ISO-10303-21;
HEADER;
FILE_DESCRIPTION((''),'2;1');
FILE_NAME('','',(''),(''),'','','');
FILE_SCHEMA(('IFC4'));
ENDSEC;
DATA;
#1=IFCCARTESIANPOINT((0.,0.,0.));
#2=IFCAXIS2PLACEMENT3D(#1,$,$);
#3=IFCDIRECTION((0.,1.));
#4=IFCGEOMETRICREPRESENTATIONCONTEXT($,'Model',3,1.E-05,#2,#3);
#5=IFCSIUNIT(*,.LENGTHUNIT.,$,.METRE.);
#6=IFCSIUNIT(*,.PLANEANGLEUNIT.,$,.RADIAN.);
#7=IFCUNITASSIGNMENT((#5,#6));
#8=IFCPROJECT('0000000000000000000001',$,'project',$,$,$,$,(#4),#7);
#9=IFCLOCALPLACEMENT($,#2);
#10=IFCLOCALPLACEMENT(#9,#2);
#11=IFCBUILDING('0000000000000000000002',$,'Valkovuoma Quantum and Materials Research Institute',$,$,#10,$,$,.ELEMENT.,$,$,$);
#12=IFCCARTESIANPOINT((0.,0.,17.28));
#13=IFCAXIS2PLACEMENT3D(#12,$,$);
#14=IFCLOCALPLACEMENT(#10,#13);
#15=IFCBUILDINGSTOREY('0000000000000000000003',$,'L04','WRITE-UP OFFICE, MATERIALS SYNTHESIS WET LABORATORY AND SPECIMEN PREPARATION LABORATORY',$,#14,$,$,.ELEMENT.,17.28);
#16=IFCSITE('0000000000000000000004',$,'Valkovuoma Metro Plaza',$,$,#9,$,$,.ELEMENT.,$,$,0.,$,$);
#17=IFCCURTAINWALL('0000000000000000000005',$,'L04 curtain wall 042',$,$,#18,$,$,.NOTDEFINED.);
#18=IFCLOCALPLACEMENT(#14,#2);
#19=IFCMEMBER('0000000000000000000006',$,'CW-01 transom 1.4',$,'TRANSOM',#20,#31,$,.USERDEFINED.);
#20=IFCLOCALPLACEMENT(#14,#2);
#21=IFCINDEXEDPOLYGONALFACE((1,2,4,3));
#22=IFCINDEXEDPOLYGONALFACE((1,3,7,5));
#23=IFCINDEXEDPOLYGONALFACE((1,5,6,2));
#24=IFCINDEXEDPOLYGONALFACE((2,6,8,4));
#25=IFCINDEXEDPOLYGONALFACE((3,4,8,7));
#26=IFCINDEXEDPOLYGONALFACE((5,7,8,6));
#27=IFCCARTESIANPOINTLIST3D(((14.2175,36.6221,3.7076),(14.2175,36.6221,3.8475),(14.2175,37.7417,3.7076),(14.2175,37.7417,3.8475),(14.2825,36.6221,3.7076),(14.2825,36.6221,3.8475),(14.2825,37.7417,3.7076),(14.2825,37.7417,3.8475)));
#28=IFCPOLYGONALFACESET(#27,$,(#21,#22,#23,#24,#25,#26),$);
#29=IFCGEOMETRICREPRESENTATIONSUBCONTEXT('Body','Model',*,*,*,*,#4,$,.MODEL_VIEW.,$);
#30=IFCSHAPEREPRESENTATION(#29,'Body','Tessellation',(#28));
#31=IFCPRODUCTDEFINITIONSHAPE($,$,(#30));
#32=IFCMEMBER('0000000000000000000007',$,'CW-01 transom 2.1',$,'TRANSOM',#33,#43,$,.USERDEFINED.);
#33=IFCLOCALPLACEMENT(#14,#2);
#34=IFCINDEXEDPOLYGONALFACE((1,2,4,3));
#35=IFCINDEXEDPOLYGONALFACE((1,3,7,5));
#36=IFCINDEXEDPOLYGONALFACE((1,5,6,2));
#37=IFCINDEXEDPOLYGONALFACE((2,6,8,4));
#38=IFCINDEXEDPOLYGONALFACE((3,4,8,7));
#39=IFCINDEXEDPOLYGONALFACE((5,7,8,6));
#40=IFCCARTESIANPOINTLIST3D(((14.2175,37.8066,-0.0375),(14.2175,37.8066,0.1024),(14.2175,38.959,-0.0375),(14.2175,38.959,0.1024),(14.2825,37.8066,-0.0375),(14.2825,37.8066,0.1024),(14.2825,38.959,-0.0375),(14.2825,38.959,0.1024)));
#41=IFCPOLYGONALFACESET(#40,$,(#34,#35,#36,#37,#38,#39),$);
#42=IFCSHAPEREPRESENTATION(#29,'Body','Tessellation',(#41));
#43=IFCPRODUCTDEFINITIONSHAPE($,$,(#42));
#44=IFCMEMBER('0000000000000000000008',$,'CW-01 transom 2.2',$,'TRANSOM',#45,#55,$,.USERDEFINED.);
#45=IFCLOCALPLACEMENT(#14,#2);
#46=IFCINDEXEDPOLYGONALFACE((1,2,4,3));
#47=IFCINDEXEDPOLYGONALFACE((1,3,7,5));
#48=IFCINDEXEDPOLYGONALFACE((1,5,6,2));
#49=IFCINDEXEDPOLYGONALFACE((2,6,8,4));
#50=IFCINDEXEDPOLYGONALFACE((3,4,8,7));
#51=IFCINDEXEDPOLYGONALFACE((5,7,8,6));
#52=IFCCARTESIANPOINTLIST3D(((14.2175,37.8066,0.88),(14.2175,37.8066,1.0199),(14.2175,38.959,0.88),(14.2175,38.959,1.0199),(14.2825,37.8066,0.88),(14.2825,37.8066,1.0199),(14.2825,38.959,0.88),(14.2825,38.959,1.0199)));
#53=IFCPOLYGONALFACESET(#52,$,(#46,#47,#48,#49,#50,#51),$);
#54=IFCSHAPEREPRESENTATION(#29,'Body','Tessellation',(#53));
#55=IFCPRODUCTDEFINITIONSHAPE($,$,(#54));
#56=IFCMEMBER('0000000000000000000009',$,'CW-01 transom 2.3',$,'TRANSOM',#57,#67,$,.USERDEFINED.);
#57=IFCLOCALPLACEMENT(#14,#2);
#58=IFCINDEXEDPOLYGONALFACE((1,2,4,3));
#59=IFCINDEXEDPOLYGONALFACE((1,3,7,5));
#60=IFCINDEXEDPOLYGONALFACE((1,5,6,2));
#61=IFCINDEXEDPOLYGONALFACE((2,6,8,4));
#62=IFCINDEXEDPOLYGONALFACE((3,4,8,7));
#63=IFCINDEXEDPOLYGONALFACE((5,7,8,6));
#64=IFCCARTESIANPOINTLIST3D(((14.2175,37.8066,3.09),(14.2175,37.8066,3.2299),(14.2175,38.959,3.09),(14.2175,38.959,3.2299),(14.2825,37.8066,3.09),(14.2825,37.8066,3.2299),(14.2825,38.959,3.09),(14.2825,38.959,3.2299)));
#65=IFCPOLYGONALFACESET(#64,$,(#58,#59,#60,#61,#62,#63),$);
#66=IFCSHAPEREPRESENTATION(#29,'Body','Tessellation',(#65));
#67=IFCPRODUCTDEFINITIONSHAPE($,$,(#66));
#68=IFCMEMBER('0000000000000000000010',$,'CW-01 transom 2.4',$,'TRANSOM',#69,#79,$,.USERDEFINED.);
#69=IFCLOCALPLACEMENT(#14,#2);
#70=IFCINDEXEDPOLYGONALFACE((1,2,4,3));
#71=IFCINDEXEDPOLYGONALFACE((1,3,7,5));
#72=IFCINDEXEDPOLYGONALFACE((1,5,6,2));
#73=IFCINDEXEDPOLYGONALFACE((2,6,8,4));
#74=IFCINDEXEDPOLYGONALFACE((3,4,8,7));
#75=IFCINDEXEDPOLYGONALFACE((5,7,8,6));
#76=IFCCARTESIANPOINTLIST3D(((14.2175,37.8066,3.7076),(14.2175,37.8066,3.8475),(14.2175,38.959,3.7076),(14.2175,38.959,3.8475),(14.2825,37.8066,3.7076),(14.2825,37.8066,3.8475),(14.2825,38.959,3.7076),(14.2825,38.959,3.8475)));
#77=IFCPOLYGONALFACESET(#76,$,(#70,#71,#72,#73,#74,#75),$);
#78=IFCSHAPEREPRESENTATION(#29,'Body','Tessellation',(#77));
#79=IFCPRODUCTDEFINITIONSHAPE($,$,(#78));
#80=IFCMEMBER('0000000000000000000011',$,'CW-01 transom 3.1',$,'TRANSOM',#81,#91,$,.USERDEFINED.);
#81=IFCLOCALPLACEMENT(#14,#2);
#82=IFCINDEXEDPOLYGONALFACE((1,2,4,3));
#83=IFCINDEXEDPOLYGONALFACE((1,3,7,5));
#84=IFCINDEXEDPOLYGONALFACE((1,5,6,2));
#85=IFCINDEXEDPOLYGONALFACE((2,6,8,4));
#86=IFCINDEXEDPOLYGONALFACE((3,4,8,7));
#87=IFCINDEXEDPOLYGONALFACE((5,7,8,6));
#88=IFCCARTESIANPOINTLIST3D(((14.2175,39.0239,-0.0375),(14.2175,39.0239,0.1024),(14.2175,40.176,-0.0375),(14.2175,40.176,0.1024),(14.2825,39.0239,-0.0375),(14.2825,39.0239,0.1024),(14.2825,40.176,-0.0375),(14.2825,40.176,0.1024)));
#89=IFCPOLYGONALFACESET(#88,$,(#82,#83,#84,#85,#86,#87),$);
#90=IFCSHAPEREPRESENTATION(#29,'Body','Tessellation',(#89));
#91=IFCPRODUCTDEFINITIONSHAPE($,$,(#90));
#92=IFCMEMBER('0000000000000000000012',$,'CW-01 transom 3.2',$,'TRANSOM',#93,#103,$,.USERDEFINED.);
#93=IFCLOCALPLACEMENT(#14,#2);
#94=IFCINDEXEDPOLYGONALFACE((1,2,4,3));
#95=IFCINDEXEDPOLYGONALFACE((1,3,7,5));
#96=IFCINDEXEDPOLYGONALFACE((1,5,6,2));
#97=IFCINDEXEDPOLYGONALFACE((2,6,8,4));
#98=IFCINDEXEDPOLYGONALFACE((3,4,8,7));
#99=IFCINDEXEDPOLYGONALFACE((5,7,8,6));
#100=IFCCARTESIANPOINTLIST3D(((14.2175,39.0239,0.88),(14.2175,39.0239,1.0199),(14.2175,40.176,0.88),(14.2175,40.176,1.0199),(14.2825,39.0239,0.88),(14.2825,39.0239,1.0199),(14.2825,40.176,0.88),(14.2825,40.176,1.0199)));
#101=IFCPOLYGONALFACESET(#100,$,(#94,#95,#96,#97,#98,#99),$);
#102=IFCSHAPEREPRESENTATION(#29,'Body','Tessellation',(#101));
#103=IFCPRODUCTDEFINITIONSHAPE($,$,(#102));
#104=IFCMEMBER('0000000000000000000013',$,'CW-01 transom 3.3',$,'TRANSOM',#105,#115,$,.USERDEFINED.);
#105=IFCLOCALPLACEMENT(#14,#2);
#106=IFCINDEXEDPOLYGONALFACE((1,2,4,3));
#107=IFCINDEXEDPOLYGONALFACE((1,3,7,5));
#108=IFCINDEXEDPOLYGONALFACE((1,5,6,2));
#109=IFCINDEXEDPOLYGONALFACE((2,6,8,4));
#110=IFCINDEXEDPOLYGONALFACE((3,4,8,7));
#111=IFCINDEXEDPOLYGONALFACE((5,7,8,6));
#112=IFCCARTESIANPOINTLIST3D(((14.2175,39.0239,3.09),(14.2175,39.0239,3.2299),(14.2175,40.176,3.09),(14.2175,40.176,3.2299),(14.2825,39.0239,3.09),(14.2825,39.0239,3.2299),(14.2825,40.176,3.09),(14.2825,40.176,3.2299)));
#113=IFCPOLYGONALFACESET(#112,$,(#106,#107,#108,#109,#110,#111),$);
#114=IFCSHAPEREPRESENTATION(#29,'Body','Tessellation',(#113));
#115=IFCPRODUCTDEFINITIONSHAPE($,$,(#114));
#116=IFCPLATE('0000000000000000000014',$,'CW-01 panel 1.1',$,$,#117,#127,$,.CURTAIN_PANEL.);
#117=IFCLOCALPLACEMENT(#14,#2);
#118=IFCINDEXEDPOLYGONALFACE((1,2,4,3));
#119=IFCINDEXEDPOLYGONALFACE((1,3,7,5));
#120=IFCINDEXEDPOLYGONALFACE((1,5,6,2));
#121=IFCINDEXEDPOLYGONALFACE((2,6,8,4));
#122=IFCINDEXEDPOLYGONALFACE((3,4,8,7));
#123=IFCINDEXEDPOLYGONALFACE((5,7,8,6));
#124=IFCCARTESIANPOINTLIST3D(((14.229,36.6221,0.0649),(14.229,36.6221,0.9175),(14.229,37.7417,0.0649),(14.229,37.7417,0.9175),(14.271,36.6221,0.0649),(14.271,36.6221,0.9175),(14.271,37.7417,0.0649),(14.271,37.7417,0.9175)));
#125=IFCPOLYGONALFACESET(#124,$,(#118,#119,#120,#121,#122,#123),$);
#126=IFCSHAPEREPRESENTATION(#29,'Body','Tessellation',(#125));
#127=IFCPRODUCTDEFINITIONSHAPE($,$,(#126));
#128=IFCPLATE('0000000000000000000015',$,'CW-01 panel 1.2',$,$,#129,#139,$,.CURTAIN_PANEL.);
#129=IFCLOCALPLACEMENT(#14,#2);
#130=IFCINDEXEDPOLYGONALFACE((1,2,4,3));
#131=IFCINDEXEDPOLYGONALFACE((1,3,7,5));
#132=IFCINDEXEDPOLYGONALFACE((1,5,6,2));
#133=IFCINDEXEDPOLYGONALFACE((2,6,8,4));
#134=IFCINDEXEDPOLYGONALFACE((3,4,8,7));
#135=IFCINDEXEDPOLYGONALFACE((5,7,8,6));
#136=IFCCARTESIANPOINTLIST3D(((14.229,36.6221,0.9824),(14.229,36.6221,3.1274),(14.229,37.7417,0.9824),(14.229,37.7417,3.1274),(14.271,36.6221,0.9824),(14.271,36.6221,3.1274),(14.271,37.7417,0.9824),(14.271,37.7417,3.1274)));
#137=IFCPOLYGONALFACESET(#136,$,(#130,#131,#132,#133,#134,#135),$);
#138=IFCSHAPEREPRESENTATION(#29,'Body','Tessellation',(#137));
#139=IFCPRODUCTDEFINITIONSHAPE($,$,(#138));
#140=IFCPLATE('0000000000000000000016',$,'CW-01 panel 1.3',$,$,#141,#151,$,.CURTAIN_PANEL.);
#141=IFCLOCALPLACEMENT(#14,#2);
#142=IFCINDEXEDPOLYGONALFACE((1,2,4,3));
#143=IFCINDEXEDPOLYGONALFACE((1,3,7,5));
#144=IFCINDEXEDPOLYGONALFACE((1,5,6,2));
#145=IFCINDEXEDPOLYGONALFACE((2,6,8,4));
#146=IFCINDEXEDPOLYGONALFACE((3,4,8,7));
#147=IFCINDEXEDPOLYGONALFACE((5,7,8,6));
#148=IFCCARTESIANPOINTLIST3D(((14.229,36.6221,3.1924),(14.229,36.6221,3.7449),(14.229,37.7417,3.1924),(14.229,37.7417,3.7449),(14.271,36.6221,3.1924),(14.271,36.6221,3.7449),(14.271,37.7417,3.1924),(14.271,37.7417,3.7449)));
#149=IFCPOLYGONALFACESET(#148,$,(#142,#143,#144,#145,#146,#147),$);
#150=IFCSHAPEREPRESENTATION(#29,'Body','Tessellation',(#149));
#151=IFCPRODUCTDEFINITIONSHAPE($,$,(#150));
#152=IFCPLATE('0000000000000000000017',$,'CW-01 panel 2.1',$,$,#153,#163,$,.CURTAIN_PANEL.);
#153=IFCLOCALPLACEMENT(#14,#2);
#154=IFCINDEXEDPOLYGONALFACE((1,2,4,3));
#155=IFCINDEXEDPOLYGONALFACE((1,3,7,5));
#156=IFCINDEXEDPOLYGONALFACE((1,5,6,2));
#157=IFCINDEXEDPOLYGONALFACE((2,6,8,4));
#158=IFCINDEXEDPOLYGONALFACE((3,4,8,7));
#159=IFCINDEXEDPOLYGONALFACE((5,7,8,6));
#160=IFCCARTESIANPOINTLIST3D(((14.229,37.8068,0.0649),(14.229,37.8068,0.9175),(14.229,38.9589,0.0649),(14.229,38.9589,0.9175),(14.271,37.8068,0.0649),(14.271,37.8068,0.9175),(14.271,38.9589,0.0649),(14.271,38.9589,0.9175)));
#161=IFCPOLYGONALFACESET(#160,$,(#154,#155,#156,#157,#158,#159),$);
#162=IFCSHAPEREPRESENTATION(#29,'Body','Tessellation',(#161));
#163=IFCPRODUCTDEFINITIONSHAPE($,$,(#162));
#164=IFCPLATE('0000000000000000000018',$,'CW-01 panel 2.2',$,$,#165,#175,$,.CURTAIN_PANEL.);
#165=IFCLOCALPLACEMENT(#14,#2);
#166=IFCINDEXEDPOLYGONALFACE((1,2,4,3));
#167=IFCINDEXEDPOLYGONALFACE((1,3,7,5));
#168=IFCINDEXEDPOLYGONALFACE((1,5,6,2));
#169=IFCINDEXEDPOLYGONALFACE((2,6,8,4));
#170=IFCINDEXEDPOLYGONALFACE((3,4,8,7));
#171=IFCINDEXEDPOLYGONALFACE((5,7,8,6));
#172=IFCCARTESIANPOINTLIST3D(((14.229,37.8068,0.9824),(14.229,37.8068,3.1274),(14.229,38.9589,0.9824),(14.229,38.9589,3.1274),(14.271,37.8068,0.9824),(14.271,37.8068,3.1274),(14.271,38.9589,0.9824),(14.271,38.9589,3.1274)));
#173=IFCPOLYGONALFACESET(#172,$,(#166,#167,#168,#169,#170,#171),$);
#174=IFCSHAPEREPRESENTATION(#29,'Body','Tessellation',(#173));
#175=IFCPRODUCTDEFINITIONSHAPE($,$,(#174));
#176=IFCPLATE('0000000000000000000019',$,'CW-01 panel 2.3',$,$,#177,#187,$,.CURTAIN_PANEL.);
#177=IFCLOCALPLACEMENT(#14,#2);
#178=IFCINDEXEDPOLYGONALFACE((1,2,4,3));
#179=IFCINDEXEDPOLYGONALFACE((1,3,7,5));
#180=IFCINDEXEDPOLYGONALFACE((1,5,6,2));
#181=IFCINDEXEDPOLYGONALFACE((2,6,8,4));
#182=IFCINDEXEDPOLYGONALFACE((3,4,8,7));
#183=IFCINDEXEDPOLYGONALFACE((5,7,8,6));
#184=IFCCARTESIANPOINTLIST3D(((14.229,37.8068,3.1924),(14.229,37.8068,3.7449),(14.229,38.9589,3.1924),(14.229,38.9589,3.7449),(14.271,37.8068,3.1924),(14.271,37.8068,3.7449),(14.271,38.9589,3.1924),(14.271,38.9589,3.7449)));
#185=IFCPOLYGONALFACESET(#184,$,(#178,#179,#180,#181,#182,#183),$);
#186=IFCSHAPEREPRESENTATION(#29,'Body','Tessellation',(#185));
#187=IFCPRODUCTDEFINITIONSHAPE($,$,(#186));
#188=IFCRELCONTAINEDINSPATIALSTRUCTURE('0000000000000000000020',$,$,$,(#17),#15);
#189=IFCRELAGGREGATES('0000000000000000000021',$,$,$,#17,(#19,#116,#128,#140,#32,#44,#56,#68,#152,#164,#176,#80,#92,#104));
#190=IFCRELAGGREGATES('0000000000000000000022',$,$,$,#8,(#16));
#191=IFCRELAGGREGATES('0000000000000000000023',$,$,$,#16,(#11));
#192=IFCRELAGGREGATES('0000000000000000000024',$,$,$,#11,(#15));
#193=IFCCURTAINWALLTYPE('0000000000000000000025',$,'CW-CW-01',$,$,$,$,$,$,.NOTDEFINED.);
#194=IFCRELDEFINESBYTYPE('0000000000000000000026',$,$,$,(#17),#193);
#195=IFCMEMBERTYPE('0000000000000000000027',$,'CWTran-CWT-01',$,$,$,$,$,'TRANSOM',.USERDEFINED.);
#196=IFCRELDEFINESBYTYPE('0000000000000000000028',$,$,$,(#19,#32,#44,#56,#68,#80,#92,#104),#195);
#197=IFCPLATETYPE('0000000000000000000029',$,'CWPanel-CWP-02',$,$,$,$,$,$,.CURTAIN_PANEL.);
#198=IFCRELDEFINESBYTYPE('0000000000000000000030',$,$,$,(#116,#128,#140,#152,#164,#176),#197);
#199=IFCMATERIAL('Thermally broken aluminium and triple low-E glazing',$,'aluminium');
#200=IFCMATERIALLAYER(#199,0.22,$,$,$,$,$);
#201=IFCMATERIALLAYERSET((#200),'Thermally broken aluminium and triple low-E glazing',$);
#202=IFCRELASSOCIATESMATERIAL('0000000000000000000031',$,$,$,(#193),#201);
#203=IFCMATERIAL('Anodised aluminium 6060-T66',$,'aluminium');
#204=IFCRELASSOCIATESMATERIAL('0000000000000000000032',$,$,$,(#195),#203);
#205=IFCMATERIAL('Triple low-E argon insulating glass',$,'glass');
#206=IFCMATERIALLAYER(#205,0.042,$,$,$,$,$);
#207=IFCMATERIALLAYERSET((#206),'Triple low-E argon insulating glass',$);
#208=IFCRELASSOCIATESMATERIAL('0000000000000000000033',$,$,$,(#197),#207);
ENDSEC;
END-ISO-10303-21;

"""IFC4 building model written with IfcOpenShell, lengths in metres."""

from ifc_helpers import new_model, si_unit, direction, frame, origin, origin_2d, place, context, subcontext, project, spatial, rectangle, extrude, material, layer, layer_set, material_profile, profile_set, type_object, element, aggregate, save


model = new_model("IFC4")

# Units and contexts
model_context = context("Model", 3, precision=1e-05, world=origin(), true_north=direction((0.0, 1.0)))
body_context = subcontext(model_context, "Body", "Model", "MODEL_VIEW")
ifc_project = project(units=[si_unit("LENGTHUNIT", "METRE"), si_unit("PLANEANGLEUNIT", "RADIAN")], contexts=[model_context])

# Site, building, storey
site_placement = place(None, origin())
site = spatial("IfcSite", under=ifc_project, at=site_placement, Name="Valkovuoma Metro Plaza", CompositionType="ELEMENT", RefElevation=0.0)
building_placement = place(site_placement, origin())
building = spatial("IfcBuilding", under=site, at=building_placement, Name="Valkovuoma Quantum and Materials Research Institute", CompositionType="ELEMENT")
storey_placement = place(building_placement, frame((0.0, 0.0, 17.28)))
storey = spatial("IfcBuildingStorey", under=building, at=storey_placement, Name="L04", Description="WRITE-UP OFFICE, MATERIALS SYNTHESIS WET LABORATORY AND SPECIMEN PREPARATION LABORATORY", CompositionType="ELEMENT", Elevation=17.28)

# Curtain wall, members, plates
ifc_material_1 = material(Name="Thermally broken aluminium and triple low-E glazing", Category="aluminium")
ifc_layer_1 = layer(ifc_material_1, 0.22)
ifc_layer_set_1 = layer_set([ifc_layer_1], Name="Thermally broken aluminium and triple low-E glazing")
curtain_wall_type = type_object("IfcCurtainWallType", Name="CW-CW-01", PredefinedType="NOTDEFINED", material=ifc_layer_set_1)
curtain_wall_placement = place(storey_placement, origin())
curtain_wall = element("IfcCurtainWall", 1, at=curtain_wall_placement, inside=storey, type_object=curtain_wall_type, Name="L04 curtain wall 042", PredefinedType="NOTDEFINED")
ifc_material_2 = material(Name="Anodised aluminium 6060-T66", Category="aluminium")
ifc_material_profile_1 = material_profile(ifc_material_2, rectangle(XDim=0.0649, YDim=0.1399, at=origin_2d()), Name="Anodised aluminium 6060-T66")
ifc_profile_set_1 = profile_set([ifc_material_profile_1], Name="Anodised aluminium 6060-T66")
member_type_1 = type_object("IfcMemberType", Name="CWTran-CWT-01", ElementType="TRANSOM", PredefinedType="USERDEFINED", material=ifc_profile_set_1)
member_1_placement = place(storey_placement, frame((14.25, 36.6221, 3.7776), z_axis=(0.0, 1.0, 0.0), x_axis=(-1.0, 0.0, 0.0)))
member_1 = element("IfcMember", 2, at=member_1_placement, type_object=member_type_1, Name="CW-01 transom 1.4", ObjectType="TRANSOM", PredefinedType="USERDEFINED", context=body_context, shape_type="SweptSolid", body=[
    extrude(rectangle(XDim=0.0649, YDim=0.1399, at=origin_2d()), origin(), (0.0, 0.0, 1.0), 1.1196),
])
member_2_placement = place(storey_placement, frame((14.25, 37.8066, 0.0325), z_axis=(0.0, 1.0, 0.0), x_axis=(-1.0, 0.0, 0.0)))
member_2 = element("IfcMember", 3, at=member_2_placement, type_object=member_type_1, Name="CW-01 transom 2.1", ObjectType="TRANSOM", PredefinedType="USERDEFINED", context=body_context, shape_type="SweptSolid", body=[
    extrude(rectangle(XDim=0.0649, YDim=0.1399, at=origin_2d()), origin(), (0.0, 0.0, 1.0), 1.1523),
])
member_3_placement = place(storey_placement, frame((14.25, 37.8066, 0.95), z_axis=(0.0, 1.0, 0.0), x_axis=(-1.0, 0.0, 0.0)))
member_3 = element("IfcMember", 4, at=member_3_placement, type_object=member_type_1, Name="CW-01 transom 2.2", ObjectType="TRANSOM", PredefinedType="USERDEFINED", context=body_context, shape_type="SweptSolid", body=[
    extrude(rectangle(XDim=0.0649, YDim=0.1399, at=origin_2d()), origin(), (0.0, 0.0, 1.0), 1.1523),
])
member_4_placement = place(storey_placement, frame((14.25, 37.8066, 3.1599), z_axis=(0.0, 1.0, 0.0), x_axis=(-1.0, 0.0, 0.0)))
member_4 = element("IfcMember", 5, at=member_4_placement, type_object=member_type_1, Name="CW-01 transom 2.3", ObjectType="TRANSOM", PredefinedType="USERDEFINED", context=body_context, shape_type="SweptSolid", body=[
    extrude(rectangle(XDim=0.0649, YDim=0.1399, at=origin_2d()), origin(), (0.0, 0.0, 1.0), 1.1523),
])
member_5_placement = place(storey_placement, frame((14.25, 37.8066, 3.7776), z_axis=(0.0, 1.0, 0.0), x_axis=(-1.0, 0.0, 0.0)))
member_5 = element("IfcMember", 6, at=member_5_placement, type_object=member_type_1, Name="CW-01 transom 2.4", ObjectType="TRANSOM", PredefinedType="USERDEFINED", context=body_context, shape_type="SweptSolid", body=[
    extrude(rectangle(XDim=0.0649, YDim=0.1399, at=origin_2d()), origin(), (0.0, 0.0, 1.0), 1.1523),
])
member_6_placement = place(storey_placement, frame((14.25, 39.0239, 0.0325), z_axis=(0.0, 1.0, 0.0), x_axis=(-1.0, 0.0, 0.0)))
member_6 = element("IfcMember", 7, at=member_6_placement, type_object=member_type_1, Name="CW-01 transom 3.1", ObjectType="TRANSOM", PredefinedType="USERDEFINED", context=body_context, shape_type="SweptSolid", body=[
    extrude(rectangle(XDim=0.0649, YDim=0.1399, at=origin_2d()), origin(), (0.0, 0.0, 1.0), 1.1521),
])
member_7_placement = place(storey_placement, frame((14.25, 39.0239, 0.95), z_axis=(0.0, 1.0, 0.0), x_axis=(-1.0, 0.0, 0.0)))
member_7 = element("IfcMember", 8, at=member_7_placement, type_object=member_type_1, Name="CW-01 transom 3.2", ObjectType="TRANSOM", PredefinedType="USERDEFINED", context=body_context, shape_type="SweptSolid", body=[
    extrude(rectangle(XDim=0.0649, YDim=0.1399, at=origin_2d()), origin(), (0.0, 0.0, 1.0), 1.1521),
])
member_8_placement = place(storey_placement, frame((14.25, 39.0239, 3.1599), z_axis=(0.0, 1.0, 0.0), x_axis=(-1.0, 0.0, 0.0)))
member_8 = element("IfcMember", 9, at=member_8_placement, type_object=member_type_1, Name="CW-01 transom 3.3", ObjectType="TRANSOM", PredefinedType="USERDEFINED", context=body_context, shape_type="SweptSolid", body=[
    extrude(rectangle(XDim=0.0649, YDim=0.1399, at=origin_2d()), origin(), (0.0, 0.0, 1.0), 1.1521),
])
ifc_material_3 = material(Name="Triple low-E argon insulating glass", Category="glass")
ifc_layer_2 = layer(ifc_material_3, 0.042)
ifc_layer_set_2 = layer_set([ifc_layer_2], Name="Triple low-E argon insulating glass")
plate_type = type_object("IfcPlateType", Name="CWPanel-CWP-02", PredefinedType="CURTAIN_PANEL", material=ifc_layer_set_2)
plate_1_placement = place(storey_placement, frame((14.25, 37.1819, 0.0649), z_axis=(0.0, 0.0, 1.0), x_axis=(0.0, 1.0, 0.0)))
plate_1 = element("IfcPlate", 10, at=plate_1_placement, type_object=plate_type, Name="CW-01 panel 1.1", PredefinedType="CURTAIN_PANEL", context=body_context, shape_type="SweptSolid", body=[
    extrude(rectangle(XDim=1.1196, YDim=0.042, at=origin_2d()), origin(), (0.0, 0.0, 1.0), 0.8525),
])
plate_2_placement = place(storey_placement, frame((14.25, 37.1819, 0.9824), z_axis=(0.0, 0.0, 1.0), x_axis=(0.0, 1.0, 0.0)))
plate_2 = element("IfcPlate", 11, at=plate_2_placement, type_object=plate_type, Name="CW-01 panel 1.2", PredefinedType="CURTAIN_PANEL", context=body_context, shape_type="SweptSolid", body=[
    extrude(rectangle(XDim=1.1196, YDim=0.042, at=origin_2d()), origin(), (0.0, 0.0, 1.0), 2.145),
])
plate_3_placement = place(storey_placement, frame((14.25, 37.1819, 3.1924), z_axis=(0.0, 0.0, 1.0), x_axis=(0.0, 1.0, 0.0)))
plate_3 = element("IfcPlate", 12, at=plate_3_placement, type_object=plate_type, Name="CW-01 panel 1.3", PredefinedType="CURTAIN_PANEL", context=body_context, shape_type="SweptSolid", body=[
    extrude(rectangle(XDim=1.1196, YDim=0.042, at=origin_2d()), origin(), (0.0, 0.0, 1.0), 0.5525),
])
plate_4_placement = place(storey_placement, frame((14.25, 38.3828, 0.0649), z_axis=(0.0, 0.0, 1.0), x_axis=(0.0, 1.0, 0.0)))
plate_4 = element("IfcPlate", 13, at=plate_4_placement, type_object=plate_type, Name="CW-01 panel 2.1", PredefinedType="CURTAIN_PANEL", context=body_context, shape_type="SweptSolid", body=[
    extrude(rectangle(XDim=1.1521, YDim=0.042, at=origin_2d()), origin(), (0.0, 0.0, 1.0), 0.8525),
])
plate_5_placement = place(storey_placement, frame((14.25, 38.3828, 0.9824), z_axis=(0.0, 0.0, 1.0), x_axis=(0.0, 1.0, 0.0)))
plate_5 = element("IfcPlate", 14, at=plate_5_placement, type_object=plate_type, Name="CW-01 panel 2.2", PredefinedType="CURTAIN_PANEL", context=body_context, shape_type="SweptSolid", body=[
    extrude(rectangle(XDim=1.1521, YDim=0.042, at=origin_2d()), origin(), (0.0, 0.0, 1.0), 2.145),
])
plate_6_placement = place(storey_placement, frame((14.25, 38.3828, 3.1924), z_axis=(0.0, 0.0, 1.0), x_axis=(0.0, 1.0, 0.0)))
plate_6 = element("IfcPlate", 15, at=plate_6_placement, type_object=plate_type, Name="CW-01 panel 2.3", PredefinedType="CURTAIN_PANEL", context=body_context, shape_type="SweptSolid", body=[
    extrude(rectangle(XDim=1.1521, YDim=0.042, at=origin_2d()), origin(), (0.0, 0.0, 1.0), 0.5525),
])
aggregate(curtain_wall, [member_1, plate_1, plate_2, plate_3, member_2, member_3, member_4, member_5, plate_4, plate_5, plate_6, member_6, member_7, member_8])

save(model, "model.ifc")
